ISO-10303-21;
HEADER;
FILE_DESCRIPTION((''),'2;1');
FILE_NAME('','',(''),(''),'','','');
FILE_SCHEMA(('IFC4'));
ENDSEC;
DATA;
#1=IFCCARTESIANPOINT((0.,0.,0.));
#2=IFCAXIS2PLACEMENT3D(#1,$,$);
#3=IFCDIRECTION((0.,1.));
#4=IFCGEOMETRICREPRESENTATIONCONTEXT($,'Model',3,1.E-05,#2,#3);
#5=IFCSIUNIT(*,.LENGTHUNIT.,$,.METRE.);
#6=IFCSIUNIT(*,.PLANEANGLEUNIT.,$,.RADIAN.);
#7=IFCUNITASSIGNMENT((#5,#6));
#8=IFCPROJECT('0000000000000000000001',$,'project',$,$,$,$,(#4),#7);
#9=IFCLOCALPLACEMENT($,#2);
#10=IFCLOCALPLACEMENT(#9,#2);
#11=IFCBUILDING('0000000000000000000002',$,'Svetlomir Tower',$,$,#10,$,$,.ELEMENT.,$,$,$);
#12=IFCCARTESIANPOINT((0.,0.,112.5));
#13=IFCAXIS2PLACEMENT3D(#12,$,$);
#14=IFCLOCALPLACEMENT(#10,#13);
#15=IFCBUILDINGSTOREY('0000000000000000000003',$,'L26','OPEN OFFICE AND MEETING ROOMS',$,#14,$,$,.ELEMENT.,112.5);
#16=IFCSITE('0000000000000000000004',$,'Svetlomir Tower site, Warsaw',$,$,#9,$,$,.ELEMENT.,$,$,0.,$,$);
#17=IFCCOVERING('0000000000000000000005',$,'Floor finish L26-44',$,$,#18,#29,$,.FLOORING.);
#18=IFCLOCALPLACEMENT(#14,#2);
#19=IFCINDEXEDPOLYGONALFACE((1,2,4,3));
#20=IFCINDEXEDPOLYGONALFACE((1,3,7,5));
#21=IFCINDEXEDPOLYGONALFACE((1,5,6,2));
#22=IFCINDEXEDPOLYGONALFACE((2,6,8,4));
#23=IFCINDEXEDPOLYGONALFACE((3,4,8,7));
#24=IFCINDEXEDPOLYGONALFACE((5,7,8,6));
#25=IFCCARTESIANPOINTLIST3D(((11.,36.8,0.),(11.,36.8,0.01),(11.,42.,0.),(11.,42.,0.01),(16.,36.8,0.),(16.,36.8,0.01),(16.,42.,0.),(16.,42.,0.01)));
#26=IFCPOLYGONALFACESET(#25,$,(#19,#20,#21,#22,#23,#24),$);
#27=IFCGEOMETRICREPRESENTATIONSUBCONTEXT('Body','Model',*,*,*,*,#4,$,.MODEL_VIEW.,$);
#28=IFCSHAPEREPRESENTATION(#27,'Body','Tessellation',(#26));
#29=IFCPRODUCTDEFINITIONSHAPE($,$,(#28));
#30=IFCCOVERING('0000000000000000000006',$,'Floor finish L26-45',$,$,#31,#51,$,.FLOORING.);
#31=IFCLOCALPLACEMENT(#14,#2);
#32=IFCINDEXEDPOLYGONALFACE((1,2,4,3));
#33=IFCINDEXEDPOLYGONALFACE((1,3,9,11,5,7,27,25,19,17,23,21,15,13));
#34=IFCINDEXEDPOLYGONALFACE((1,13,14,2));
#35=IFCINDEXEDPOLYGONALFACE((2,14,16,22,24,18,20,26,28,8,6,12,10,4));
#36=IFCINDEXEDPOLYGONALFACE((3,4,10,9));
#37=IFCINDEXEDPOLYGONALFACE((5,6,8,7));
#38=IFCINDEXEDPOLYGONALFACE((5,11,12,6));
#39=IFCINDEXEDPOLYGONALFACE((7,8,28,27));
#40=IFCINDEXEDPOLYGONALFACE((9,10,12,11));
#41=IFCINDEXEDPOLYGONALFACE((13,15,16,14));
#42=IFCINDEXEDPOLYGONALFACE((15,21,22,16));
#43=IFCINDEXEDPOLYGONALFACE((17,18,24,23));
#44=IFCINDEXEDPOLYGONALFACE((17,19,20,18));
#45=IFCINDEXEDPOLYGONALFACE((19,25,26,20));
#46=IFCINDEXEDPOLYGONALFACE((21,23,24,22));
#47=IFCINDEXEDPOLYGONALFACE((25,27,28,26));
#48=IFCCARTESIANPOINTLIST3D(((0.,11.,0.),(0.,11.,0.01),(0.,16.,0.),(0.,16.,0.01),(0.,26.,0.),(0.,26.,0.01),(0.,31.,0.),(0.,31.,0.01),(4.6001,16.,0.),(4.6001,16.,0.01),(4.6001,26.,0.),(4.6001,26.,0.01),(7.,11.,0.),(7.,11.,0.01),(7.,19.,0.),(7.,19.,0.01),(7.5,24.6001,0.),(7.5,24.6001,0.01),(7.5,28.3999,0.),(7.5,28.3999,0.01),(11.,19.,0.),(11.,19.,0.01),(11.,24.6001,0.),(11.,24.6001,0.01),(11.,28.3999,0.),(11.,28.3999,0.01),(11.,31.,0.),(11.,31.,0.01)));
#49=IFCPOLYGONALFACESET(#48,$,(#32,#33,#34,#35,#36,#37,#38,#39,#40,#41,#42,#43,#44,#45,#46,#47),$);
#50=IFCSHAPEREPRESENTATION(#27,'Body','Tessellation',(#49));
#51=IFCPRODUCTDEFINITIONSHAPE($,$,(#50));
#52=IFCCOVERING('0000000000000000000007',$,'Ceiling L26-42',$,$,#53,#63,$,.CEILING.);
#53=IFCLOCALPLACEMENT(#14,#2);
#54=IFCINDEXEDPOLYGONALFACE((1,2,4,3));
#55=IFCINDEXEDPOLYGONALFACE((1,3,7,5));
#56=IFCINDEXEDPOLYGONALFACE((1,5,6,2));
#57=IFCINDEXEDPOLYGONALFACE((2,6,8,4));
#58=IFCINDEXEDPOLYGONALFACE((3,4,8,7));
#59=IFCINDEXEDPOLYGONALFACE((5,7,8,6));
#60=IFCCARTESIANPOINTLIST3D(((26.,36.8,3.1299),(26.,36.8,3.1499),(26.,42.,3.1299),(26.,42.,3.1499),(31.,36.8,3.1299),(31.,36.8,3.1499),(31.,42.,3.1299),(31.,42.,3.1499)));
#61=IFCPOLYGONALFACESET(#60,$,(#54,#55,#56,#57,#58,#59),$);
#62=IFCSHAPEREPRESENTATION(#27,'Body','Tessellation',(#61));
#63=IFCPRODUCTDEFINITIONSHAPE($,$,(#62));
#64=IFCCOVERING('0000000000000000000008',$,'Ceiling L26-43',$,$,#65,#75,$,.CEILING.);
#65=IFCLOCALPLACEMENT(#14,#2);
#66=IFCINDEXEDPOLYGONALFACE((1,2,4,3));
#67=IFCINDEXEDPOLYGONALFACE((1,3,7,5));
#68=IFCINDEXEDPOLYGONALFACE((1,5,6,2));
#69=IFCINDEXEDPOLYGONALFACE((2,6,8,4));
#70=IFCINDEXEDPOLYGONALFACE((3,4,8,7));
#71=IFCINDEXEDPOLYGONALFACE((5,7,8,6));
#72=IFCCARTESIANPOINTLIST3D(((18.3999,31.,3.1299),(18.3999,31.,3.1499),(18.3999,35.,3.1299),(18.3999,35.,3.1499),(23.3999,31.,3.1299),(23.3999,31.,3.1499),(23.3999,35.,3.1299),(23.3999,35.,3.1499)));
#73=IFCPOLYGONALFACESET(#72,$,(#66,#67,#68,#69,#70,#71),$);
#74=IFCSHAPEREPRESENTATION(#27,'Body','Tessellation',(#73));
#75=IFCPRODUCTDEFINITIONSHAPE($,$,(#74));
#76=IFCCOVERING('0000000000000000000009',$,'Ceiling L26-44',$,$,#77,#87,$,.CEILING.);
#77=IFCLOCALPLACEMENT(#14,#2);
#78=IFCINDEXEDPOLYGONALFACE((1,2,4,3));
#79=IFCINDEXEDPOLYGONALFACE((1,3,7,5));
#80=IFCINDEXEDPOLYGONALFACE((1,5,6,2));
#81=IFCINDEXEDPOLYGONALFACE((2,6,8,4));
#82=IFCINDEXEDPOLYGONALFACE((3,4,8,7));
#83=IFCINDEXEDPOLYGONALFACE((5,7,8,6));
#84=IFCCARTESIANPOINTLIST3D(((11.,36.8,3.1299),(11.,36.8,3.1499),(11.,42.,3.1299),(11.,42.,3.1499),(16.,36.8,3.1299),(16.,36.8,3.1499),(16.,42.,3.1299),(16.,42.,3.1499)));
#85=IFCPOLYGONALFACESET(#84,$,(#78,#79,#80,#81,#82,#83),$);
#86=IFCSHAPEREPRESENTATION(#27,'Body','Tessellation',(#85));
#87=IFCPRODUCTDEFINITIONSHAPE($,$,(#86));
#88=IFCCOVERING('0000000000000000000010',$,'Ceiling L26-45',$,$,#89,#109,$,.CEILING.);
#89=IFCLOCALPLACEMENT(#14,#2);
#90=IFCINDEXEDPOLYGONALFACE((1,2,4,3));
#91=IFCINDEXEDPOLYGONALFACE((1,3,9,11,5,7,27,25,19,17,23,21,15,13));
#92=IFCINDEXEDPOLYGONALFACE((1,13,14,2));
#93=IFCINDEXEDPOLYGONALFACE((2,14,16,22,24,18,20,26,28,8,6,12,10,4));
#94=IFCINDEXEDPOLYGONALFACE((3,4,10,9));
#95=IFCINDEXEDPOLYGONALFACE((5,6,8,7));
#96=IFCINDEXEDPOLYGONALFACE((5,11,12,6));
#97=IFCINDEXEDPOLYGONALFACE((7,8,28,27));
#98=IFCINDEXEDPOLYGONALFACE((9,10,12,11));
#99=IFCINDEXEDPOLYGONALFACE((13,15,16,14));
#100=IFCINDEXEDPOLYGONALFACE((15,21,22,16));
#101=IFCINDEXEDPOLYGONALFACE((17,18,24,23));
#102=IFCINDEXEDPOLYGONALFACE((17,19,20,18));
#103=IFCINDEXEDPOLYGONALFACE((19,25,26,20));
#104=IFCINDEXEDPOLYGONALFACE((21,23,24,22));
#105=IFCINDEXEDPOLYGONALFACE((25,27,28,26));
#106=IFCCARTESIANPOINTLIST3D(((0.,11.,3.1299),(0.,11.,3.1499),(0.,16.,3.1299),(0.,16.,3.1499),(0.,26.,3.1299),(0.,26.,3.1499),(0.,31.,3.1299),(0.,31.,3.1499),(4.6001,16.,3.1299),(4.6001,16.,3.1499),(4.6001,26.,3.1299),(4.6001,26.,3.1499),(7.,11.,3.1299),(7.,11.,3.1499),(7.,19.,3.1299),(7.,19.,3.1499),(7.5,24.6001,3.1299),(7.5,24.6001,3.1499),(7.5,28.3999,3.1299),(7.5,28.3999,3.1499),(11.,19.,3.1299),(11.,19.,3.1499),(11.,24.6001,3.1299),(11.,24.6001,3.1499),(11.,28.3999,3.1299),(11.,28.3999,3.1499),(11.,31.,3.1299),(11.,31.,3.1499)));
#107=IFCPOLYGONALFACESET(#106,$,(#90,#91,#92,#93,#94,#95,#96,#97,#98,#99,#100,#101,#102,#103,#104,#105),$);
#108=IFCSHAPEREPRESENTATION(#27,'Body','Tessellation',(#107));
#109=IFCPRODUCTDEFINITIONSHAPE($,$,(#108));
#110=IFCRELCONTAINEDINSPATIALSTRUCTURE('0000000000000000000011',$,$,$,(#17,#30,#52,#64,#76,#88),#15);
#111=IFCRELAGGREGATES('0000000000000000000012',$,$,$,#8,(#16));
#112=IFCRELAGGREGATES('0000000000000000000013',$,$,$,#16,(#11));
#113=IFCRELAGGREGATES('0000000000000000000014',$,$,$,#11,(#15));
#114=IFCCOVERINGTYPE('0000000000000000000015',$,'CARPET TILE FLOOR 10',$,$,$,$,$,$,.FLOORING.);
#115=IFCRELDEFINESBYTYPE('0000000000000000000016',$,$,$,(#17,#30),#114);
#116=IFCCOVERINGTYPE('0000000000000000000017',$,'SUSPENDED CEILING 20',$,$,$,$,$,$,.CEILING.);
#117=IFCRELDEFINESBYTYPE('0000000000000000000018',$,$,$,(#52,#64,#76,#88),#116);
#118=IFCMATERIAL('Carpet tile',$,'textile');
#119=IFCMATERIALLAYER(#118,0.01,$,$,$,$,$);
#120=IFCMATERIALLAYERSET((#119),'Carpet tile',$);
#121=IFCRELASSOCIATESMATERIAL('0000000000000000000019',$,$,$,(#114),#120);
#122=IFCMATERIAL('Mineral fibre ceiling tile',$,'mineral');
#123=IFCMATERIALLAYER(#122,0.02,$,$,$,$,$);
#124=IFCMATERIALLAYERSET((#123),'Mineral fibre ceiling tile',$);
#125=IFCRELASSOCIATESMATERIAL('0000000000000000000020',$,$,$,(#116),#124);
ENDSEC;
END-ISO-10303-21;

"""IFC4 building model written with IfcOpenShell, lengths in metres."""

from ifc_helpers import new_model, si_unit, direction, frame, origin, place, context, subcontext, project, spatial, polyline, outline, extrude, material, layer, layer_set, type_object, element, save


model = new_model("IFC4")

# Units and contexts
model_context = context("Model", 3, precision=1e-05, world=origin(), true_north=direction((0.0, 1.0)))
body_context = subcontext(model_context, "Body", "Model", "MODEL_VIEW")
ifc_project = project(units=[si_unit("LENGTHUNIT", "METRE"), si_unit("PLANEANGLEUNIT", "RADIAN")], contexts=[model_context])

# Site, building, storey
site_placement = place(None, origin())
site = spatial("IfcSite", under=ifc_project, at=site_placement, Name="Svetlomir Tower site, Warsaw", CompositionType="ELEMENT", RefElevation=0.0)
building_placement = place(site_placement, origin())
building = spatial("IfcBuilding", under=site, at=building_placement, Name="Svetlomir Tower", CompositionType="ELEMENT")
storey_placement = place(building_placement, frame((0.0, 0.0, 112.5)))
storey = spatial("IfcBuildingStorey", under=building, at=storey_placement, Name="L26", Description="OPEN OFFICE AND MEETING ROOMS", CompositionType="ELEMENT", Elevation=112.5)

# Coverings
ifc_material_1 = material(Name="Carpet tile", Category="textile")
ifc_layer_1 = layer(ifc_material_1, 0.01)
ifc_layer_set_1 = layer_set([ifc_layer_1], Name="Carpet tile")
covering_type_1 = type_object("IfcCoveringType", Name="CARPET TILE FLOOR 10", PredefinedType="FLOORING", material=ifc_layer_set_1)
covering_1_placement = place(storey_placement, origin())
element("IfcCovering", 1, at=covering_1_placement, inside=storey, type_object=covering_type_1, Name="Floor finish L26-44", PredefinedType="FLOORING", context=body_context, shape_type="SweptSolid", body=[
    extrude(outline(polyline([(16.0, 42.0), (16.0, 36.8), (11.0, 36.8), (11.0, 42.0), (16.0, 42.0)])), origin(), (0.0, 0.0, 1.0), 0.01),
])
covering_2_placement = place(storey_placement, origin())
element("IfcCovering", 2, at=covering_2_placement, inside=storey, type_object=covering_type_1, Name="Floor finish L26-45", PredefinedType="FLOORING", context=body_context, shape_type="SweptSolid", body=[
    extrude(outline(polyline([(11.0, 28.3999), (7.5, 28.3999), (7.5, 24.6001), (11.0, 24.6001), (11.0, 19.0), (7.0, 19.0), (7.0, 11.0), (0.0, 11.0), (0.0, 16.0), (4.6001, 16.0), (4.6001, 26.0), (0.0, 26.0), (0.0, 31.0), (11.0, 31.0), (11.0, 28.3999)])), origin(), (0.0, 0.0, 1.0), 0.01),
])
ifc_material_2 = material(Name="Mineral fibre ceiling tile", Category="mineral")
ifc_layer_2 = layer(ifc_material_2, 0.02)
ifc_layer_set_2 = layer_set([ifc_layer_2], Name="Mineral fibre ceiling tile")
covering_type_2 = type_object("IfcCoveringType", Name="SUSPENDED CEILING 20", PredefinedType="CEILING", material=ifc_layer_set_2)
covering_3_placement = place(storey_placement, frame((0.0, 0.0, 3.1299)))
element("IfcCovering", 3, at=covering_3_placement, inside=storey, type_object=covering_type_2, Name="Ceiling L26-42", PredefinedType="CEILING", context=body_context, shape_type="SweptSolid", body=[
    extrude(outline(polyline([(26.0, 36.8), (26.0, 42.0), (31.0, 42.0), (31.0, 36.8), (26.0, 36.8)])), origin(), (0.0, 0.0, 1.0), 0.02),
])
covering_4_placement = place(storey_placement, frame((0.0, 0.0, 3.1299)))
element("IfcCovering", 4, at=covering_4_placement, inside=storey, type_object=covering_type_2, Name="Ceiling L26-43", PredefinedType="CEILING", context=body_context, shape_type="SweptSolid", body=[
    extrude(outline(polyline([(18.3999, 31.0), (18.3999, 35.0), (23.3999, 35.0), (23.3999, 31.0), (18.3999, 31.0)])), origin(), (0.0, 0.0, 1.0), 0.02),
])
covering_5_placement = place(storey_placement, frame((0.0, 0.0, 3.1299)))
element("IfcCovering", 5, at=covering_5_placement, inside=storey, type_object=covering_type_2, Name="Ceiling L26-44", PredefinedType="CEILING", context=body_context, shape_type="SweptSolid", body=[
    extrude(outline(polyline([(16.0, 42.0), (16.0, 36.8), (11.0, 36.8), (11.0, 42.0), (16.0, 42.0)])), origin(), (0.0, 0.0, 1.0), 0.02),
])
covering_6_placement = place(storey_placement, frame((0.0, 0.0, 3.1299)))
element("IfcCovering", 6, at=covering_6_placement, inside=storey, type_object=covering_type_2, Name="Ceiling L26-45", PredefinedType="CEILING", context=body_context, shape_type="SweptSolid", body=[
    extrude(outline(polyline([(11.0, 28.3999), (7.5, 28.3999), (7.5, 24.6001), (11.0, 24.6001), (11.0, 19.0), (7.0, 19.0), (7.0, 11.0), (0.0, 11.0), (0.0, 16.0), (4.6001, 16.0), (4.6001, 26.0), (0.0, 26.0), (0.0, 31.0), (11.0, 31.0), (11.0, 28.3999)])), origin(), (0.0, 0.0, 1.0), 0.02),
])

save(model, "model.ifc")
